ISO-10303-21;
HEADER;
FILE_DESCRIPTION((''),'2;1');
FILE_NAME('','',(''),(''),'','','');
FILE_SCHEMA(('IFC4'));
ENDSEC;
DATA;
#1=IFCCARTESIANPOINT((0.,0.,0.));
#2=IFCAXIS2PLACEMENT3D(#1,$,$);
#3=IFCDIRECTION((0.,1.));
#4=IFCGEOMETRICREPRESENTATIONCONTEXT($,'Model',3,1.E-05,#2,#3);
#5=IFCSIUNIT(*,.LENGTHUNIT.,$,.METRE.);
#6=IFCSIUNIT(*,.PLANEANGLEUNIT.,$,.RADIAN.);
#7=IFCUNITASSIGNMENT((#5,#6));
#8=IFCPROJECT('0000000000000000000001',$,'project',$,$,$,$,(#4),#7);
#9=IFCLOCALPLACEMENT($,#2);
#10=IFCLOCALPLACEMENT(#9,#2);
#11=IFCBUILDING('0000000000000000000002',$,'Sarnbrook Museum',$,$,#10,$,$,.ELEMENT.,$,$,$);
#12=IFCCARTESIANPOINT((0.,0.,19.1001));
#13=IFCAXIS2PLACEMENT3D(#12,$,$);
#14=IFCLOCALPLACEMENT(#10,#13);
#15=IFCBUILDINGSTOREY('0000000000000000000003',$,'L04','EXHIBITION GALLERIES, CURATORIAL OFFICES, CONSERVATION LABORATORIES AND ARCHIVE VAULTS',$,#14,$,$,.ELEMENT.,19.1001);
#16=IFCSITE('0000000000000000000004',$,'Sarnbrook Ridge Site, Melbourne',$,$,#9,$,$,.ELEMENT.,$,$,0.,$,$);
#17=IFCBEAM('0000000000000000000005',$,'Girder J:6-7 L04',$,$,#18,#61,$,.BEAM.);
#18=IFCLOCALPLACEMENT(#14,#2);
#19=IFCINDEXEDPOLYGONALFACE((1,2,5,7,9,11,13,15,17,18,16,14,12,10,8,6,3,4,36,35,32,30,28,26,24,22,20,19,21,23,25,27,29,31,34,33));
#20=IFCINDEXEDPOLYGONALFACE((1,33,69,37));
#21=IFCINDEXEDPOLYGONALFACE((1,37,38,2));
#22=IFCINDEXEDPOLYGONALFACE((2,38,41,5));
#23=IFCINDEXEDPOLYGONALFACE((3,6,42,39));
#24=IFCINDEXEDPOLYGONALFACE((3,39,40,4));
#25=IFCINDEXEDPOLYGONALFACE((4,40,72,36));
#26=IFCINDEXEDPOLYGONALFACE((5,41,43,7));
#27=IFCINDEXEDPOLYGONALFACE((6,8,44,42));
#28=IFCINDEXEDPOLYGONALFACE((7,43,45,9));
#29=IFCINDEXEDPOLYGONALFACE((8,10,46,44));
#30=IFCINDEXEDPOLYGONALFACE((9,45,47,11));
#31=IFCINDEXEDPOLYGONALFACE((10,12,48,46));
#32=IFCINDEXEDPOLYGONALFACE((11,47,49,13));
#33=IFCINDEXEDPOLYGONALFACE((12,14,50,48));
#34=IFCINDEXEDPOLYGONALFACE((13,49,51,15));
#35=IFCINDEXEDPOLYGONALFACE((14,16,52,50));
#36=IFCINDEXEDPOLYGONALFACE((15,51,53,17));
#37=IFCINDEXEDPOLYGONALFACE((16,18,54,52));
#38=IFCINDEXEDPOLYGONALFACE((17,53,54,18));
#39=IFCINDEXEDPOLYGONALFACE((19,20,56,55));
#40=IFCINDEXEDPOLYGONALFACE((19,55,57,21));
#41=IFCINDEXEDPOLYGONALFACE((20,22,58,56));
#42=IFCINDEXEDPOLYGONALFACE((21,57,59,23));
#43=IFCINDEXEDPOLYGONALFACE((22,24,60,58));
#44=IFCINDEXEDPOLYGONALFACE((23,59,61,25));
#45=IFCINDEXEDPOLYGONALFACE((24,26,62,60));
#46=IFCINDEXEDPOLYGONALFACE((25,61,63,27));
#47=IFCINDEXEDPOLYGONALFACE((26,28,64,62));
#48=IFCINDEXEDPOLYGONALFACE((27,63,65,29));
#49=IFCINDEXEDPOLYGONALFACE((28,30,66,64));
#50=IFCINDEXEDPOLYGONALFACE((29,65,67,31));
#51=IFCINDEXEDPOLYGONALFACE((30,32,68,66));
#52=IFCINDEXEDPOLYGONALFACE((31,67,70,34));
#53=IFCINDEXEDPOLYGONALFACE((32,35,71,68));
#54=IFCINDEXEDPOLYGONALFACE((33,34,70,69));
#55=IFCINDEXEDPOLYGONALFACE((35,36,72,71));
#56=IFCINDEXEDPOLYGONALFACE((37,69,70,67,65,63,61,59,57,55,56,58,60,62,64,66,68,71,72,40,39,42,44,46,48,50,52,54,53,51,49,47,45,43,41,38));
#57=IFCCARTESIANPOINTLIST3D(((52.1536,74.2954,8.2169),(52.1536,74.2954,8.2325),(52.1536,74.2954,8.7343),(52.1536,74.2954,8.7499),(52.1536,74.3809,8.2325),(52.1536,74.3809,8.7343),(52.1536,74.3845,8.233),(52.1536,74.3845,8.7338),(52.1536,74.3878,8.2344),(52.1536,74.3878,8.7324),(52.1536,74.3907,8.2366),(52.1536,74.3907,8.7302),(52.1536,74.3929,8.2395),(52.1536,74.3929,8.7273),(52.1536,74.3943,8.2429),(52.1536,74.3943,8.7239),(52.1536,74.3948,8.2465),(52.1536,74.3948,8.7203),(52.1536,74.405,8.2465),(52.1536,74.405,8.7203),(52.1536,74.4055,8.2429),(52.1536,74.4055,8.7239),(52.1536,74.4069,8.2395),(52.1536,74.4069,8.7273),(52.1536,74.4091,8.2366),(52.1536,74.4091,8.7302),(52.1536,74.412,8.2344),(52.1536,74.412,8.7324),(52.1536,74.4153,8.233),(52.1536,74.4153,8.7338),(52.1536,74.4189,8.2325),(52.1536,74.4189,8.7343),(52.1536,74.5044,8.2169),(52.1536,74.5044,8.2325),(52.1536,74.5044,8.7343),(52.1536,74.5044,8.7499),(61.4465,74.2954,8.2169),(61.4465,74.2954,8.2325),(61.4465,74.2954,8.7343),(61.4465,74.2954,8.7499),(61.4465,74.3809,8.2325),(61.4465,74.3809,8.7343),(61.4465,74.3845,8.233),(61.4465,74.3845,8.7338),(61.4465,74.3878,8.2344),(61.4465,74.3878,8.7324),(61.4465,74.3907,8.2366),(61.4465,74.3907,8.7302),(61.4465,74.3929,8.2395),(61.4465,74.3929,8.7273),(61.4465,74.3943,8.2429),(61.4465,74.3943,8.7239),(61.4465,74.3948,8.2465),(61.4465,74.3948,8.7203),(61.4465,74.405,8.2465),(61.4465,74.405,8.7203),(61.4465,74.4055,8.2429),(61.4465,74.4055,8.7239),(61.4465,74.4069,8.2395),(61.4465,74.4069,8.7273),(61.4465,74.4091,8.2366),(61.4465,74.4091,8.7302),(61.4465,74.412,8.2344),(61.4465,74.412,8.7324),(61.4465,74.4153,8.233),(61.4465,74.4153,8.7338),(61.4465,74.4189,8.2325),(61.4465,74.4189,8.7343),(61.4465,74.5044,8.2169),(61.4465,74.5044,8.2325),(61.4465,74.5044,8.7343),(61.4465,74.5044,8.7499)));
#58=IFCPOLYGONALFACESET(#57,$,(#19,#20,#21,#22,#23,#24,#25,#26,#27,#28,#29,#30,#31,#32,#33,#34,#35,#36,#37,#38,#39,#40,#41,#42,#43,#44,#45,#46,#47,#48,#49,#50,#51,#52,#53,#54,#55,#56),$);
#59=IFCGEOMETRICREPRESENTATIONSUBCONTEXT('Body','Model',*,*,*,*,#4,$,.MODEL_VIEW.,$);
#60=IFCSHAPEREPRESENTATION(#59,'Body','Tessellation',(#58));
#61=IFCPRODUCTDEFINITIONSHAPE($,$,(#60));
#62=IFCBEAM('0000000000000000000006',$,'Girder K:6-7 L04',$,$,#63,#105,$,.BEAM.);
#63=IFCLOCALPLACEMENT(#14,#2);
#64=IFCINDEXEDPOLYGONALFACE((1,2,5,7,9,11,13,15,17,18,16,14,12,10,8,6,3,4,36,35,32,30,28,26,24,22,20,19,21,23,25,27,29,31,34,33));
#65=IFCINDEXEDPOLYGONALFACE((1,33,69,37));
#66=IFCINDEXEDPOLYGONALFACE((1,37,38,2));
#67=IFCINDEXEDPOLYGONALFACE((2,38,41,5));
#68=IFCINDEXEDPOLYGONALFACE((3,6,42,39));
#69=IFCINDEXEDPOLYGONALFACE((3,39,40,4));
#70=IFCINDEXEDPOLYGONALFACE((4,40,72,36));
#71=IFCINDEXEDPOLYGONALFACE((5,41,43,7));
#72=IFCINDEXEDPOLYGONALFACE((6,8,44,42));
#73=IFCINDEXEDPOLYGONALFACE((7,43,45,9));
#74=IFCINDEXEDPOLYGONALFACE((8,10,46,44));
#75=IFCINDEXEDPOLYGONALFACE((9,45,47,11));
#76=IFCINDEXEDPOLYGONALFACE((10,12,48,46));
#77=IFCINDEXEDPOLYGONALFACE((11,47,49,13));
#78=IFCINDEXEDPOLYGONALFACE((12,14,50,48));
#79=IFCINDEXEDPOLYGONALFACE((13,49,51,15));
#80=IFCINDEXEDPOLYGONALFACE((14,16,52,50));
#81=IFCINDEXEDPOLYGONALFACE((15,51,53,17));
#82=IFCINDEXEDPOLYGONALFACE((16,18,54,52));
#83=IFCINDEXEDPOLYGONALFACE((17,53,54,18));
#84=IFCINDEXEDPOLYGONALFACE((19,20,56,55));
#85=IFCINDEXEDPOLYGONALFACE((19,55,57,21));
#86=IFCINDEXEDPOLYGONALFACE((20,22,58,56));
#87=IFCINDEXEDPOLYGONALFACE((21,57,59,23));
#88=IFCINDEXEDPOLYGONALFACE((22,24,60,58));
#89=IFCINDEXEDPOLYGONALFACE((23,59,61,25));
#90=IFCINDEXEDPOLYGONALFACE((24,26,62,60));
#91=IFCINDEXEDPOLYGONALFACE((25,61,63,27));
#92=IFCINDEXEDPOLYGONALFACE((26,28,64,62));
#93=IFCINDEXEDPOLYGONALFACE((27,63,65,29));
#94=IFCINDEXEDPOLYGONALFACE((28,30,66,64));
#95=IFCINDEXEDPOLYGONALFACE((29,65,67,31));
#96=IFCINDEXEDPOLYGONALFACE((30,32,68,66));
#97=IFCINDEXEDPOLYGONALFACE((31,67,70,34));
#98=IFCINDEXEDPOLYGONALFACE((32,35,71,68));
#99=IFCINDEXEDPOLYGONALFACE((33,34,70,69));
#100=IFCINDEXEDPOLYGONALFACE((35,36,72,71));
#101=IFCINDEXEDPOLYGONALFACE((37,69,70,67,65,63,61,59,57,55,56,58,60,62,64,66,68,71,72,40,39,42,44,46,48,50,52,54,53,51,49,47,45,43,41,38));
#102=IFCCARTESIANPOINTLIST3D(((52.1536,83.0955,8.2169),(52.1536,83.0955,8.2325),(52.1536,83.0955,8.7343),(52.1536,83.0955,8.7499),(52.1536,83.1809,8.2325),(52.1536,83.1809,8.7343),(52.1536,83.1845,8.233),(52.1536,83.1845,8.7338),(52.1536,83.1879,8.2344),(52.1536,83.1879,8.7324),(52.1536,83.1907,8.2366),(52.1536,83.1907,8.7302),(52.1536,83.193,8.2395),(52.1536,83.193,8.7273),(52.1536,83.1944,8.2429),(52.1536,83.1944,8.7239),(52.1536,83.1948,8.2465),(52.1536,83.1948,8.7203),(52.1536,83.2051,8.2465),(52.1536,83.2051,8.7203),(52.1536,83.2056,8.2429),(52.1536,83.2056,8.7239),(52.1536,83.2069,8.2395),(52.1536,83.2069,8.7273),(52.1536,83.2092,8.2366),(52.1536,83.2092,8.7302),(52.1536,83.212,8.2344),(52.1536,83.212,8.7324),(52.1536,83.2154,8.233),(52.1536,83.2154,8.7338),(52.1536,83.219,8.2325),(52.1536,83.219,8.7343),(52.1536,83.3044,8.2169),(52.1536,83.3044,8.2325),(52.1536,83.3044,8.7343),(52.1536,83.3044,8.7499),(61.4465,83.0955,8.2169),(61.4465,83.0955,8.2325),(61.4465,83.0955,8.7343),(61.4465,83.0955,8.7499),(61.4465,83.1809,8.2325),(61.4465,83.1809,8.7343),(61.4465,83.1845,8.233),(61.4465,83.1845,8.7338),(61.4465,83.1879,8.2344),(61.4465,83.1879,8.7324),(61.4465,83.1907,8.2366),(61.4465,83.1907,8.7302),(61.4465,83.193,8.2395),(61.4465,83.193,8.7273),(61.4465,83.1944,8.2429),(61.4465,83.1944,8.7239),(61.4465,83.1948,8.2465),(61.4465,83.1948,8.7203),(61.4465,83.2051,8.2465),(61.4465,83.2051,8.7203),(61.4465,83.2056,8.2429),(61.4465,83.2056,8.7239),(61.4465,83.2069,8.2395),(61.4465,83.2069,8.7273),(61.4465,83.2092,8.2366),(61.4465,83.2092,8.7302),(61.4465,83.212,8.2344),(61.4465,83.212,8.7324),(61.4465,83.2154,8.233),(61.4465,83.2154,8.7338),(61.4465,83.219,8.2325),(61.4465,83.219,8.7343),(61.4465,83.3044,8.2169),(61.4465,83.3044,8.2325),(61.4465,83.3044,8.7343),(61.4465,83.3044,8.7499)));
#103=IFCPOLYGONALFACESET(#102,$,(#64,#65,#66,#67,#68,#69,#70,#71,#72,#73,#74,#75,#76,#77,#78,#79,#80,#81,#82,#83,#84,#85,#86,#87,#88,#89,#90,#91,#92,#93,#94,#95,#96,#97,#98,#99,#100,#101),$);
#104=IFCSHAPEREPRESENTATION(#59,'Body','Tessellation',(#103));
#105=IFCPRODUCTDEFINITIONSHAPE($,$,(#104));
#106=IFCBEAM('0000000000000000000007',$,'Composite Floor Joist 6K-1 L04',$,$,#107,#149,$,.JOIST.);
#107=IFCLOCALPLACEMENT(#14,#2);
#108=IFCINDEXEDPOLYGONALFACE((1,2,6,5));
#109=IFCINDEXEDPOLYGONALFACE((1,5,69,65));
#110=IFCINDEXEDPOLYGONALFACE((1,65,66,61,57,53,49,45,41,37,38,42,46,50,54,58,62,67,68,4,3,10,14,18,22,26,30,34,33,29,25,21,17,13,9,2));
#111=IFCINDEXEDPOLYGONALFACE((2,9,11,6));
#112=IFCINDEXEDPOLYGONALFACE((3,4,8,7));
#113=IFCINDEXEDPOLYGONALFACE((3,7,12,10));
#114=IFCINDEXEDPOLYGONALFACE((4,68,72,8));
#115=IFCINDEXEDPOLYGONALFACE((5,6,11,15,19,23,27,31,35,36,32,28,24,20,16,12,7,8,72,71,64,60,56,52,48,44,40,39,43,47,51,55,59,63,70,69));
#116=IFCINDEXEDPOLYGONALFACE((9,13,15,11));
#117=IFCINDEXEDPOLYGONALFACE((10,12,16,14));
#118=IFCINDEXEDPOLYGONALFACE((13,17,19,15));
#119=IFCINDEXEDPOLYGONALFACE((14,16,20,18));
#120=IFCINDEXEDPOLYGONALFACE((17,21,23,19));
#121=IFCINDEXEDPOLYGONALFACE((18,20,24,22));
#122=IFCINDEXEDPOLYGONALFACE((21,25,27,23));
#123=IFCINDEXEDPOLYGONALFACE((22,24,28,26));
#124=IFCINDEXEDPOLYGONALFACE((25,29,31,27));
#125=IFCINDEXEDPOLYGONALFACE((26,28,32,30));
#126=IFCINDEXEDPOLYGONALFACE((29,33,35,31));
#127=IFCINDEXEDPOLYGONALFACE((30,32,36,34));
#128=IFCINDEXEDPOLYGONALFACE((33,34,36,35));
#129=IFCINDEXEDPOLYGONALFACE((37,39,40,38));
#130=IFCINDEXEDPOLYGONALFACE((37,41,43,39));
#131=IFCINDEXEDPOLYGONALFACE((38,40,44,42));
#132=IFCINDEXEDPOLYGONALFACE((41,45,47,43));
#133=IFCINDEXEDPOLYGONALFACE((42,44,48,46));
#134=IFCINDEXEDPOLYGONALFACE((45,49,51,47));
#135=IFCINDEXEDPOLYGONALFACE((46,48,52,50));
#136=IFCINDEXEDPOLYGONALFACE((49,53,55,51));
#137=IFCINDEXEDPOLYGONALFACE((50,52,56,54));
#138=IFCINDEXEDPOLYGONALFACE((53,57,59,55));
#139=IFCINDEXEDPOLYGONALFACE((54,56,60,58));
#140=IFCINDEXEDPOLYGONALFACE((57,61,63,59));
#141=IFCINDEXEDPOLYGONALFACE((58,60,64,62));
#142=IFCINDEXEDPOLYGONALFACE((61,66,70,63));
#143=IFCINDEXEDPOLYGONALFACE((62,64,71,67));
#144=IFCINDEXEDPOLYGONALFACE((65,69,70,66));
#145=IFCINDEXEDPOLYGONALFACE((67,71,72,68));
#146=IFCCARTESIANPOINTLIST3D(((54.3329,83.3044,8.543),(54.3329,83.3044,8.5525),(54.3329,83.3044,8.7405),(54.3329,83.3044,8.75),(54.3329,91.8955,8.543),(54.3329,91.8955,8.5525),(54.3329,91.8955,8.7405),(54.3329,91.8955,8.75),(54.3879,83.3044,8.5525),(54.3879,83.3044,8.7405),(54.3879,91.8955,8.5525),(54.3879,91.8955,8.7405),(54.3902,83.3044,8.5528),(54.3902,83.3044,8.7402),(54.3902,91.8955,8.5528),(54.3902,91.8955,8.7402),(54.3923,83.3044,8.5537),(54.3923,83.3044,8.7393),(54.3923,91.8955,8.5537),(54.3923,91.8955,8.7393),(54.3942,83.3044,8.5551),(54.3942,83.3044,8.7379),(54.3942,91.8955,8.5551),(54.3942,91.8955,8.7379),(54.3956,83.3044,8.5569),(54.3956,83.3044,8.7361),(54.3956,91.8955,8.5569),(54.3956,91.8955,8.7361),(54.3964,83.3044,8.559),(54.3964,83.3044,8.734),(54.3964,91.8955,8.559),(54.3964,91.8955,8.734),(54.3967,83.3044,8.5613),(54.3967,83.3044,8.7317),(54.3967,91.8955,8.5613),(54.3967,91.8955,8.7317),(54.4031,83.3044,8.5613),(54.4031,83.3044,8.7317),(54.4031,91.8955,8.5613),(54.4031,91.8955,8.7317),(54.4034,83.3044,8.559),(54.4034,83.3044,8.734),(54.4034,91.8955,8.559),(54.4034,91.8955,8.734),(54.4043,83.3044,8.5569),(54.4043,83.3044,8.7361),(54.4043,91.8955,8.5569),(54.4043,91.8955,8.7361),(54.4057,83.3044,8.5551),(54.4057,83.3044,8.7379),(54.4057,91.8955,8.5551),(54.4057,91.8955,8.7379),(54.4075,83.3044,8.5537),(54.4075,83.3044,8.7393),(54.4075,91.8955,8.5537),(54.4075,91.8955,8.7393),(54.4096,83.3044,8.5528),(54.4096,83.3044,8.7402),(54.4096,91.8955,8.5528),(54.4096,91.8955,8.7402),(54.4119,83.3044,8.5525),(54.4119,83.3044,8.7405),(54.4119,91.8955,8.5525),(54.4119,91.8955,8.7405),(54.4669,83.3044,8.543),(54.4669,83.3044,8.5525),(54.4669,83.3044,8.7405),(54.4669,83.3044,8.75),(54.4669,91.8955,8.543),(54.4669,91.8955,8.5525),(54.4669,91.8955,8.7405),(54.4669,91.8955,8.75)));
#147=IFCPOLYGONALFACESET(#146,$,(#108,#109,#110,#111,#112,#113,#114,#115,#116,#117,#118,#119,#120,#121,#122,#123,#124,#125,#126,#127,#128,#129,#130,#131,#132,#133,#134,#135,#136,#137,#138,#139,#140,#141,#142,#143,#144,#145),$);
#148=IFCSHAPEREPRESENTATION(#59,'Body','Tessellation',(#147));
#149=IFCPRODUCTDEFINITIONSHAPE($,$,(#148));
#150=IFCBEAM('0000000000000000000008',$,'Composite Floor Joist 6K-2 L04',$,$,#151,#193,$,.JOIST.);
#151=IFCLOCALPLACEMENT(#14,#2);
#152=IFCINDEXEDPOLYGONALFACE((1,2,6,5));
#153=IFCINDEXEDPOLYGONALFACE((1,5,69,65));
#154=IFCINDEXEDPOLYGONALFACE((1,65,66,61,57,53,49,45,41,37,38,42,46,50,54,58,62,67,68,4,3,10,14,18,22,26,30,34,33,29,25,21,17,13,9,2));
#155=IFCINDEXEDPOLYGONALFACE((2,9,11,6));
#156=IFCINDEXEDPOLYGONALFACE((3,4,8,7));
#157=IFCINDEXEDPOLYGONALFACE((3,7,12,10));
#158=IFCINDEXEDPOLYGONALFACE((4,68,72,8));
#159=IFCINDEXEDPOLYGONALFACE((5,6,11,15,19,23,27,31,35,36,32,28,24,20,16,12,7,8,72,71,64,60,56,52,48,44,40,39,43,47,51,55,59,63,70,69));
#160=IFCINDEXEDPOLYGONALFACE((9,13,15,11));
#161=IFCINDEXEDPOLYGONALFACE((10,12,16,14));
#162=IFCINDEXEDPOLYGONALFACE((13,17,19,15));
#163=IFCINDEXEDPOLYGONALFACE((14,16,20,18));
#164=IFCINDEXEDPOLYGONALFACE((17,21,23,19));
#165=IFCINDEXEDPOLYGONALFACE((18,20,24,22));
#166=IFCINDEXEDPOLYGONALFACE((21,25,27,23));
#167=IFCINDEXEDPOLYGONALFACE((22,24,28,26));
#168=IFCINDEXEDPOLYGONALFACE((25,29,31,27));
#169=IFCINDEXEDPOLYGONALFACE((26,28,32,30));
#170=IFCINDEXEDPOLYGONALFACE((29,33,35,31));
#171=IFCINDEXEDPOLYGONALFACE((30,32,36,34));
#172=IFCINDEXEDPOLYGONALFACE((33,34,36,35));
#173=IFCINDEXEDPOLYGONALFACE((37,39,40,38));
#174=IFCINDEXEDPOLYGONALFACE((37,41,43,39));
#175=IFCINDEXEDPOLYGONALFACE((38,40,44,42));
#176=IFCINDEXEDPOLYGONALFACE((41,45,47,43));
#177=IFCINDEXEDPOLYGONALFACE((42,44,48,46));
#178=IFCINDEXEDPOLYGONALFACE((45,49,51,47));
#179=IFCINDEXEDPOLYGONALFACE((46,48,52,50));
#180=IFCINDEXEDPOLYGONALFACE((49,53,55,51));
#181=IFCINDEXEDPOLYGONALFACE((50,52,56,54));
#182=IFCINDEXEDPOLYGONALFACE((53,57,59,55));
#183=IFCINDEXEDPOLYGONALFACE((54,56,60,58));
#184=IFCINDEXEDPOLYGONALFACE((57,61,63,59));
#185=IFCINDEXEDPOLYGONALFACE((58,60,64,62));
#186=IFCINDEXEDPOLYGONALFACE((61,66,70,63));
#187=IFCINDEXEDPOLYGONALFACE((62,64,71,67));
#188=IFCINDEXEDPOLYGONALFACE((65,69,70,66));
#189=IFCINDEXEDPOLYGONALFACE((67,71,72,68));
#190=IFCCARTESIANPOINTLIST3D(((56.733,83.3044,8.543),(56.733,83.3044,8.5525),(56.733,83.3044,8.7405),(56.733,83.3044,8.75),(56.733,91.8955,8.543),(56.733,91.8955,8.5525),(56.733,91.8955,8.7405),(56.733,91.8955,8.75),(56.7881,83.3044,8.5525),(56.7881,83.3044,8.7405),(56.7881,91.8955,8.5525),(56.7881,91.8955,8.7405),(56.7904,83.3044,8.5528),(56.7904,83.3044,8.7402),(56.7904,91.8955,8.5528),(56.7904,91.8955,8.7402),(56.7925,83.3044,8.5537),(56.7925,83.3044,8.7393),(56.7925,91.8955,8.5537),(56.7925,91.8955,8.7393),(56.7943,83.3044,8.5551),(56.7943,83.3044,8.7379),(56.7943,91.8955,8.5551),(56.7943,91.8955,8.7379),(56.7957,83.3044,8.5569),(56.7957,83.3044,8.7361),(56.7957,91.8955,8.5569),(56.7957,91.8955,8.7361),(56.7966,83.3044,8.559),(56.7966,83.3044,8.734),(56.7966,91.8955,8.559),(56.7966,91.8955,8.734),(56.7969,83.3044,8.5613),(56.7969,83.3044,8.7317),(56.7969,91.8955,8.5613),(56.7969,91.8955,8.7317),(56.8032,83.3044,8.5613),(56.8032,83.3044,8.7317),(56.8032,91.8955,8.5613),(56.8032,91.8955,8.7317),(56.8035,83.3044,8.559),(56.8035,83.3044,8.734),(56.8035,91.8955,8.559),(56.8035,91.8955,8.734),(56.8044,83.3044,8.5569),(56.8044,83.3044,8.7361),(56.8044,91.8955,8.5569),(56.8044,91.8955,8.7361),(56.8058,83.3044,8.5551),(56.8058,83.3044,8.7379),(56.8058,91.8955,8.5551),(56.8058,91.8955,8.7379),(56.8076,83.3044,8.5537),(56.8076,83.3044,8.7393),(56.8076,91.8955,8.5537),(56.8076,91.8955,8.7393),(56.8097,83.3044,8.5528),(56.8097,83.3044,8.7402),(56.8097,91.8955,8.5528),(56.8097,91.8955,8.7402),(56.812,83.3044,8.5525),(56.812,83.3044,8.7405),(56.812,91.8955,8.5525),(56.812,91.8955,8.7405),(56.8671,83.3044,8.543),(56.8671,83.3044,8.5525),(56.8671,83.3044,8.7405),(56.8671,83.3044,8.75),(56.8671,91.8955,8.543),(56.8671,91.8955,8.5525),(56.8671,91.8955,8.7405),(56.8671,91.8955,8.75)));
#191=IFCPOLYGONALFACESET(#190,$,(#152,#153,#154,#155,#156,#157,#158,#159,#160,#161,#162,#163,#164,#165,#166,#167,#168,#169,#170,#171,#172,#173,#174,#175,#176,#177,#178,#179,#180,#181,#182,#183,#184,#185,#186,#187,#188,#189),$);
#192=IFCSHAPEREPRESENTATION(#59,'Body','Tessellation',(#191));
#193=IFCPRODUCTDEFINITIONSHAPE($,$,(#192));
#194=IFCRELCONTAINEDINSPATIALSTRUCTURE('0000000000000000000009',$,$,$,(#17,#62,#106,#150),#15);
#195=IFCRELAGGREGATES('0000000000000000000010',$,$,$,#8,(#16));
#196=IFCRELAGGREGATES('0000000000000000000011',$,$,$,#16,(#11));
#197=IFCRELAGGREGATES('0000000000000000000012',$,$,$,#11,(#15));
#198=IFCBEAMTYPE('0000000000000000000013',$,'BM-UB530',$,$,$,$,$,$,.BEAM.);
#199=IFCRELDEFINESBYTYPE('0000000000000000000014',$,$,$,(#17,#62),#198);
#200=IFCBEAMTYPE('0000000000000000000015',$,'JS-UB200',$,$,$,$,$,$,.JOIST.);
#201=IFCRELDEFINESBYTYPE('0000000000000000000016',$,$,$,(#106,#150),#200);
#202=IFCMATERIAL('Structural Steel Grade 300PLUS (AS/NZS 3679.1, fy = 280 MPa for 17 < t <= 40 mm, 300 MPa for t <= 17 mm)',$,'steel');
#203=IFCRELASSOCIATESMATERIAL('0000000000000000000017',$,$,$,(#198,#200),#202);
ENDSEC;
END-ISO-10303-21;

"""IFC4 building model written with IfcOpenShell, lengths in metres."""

from ifc_helpers import new_model, si_unit, direction, frame, origin, origin_2d, place, context, subcontext, project, spatial, i_section, extrude, material, material_profile, profile_set, type_object, element, save


model = new_model("IFC4")

# Units and contexts
model_context = context("Model", 3, precision=1e-05, world=origin(), true_north=direction((0.0, 1.0)))
body_context = subcontext(model_context, "Body", "Model", "MODEL_VIEW")
ifc_project = project(units=[si_unit("LENGTHUNIT", "METRE"), si_unit("PLANEANGLEUNIT", "RADIAN")], contexts=[model_context])

# Site, building, storey
site_placement = place(None, origin())
site = spatial("IfcSite", under=ifc_project, at=site_placement, Name="Sarnbrook Ridge Site, Melbourne", CompositionType="ELEMENT", RefElevation=0.0)
building_placement = place(site_placement, origin())
building = spatial("IfcBuilding", under=site, at=building_placement, Name="Sarnbrook Museum", CompositionType="ELEMENT")
storey_placement = place(building_placement, frame((0.0, 0.0, 19.1001)))
storey = spatial("IfcBuildingStorey", under=building, at=storey_placement, Name="L04", Description="EXHIBITION GALLERIES, CURATORIAL OFFICES, CONSERVATION LABORATORIES AND ARCHIVE VAULTS", CompositionType="ELEMENT", Elevation=19.1001)

# Shared definitions
ifc_material_1 = material(Name="Structural Steel Grade 300PLUS (AS/NZS 3679.1, fy = 280 MPa for 17 < t <= 40 mm, 300 MPa for t <= 17 mm)", Category="steel")

# Beams
ifc_material_profile_1 = material_profile(ifc_material_1, i_section(OverallWidth=0.209, OverallDepth=0.533, WebThickness=0.0103, FlangeThickness=0.0156, FilletRadius=0.0139, at=origin_2d()), Name="530UB92.4")
ifc_profile_set_1 = profile_set([ifc_material_profile_1], Name="Structural Steel Grade 300PLUS (AS/NZS 3679.1, fy = 280 MPa for 17 < t <= 40 mm, 300 MPa for t <= 17 mm)")
beam_type_1 = type_object("IfcBeamType", Name="BM-UB530", PredefinedType="BEAM", material=ifc_profile_set_1)
for number, where, z_axis, x_axis, name in (
    (1, (52.1536, 74.3999, 8.4834), (1.0, 0.0, 0.0), (0.0, 1.0, 0.0), "Girder J:6-7 L04"),
    (2, (52.1536, 83.2, 8.4834), (1.0, 0.0, 0.0), (0.0, 1.0, 0.0), "Girder K:6-7 L04"),
):
    element("IfcBeam", number, at=place(storey_placement, frame(where, z_axis=z_axis, x_axis=x_axis)), inside=storey, type_object=beam_type_1, Name=name, PredefinedType="BEAM", context=body_context, shape_type="SweptSolid", body=[
        extrude(i_section(OverallWidth=0.209, OverallDepth=0.533, WebThickness=0.0103, FlangeThickness=0.0156, FilletRadius=0.0139, at=origin_2d()), origin(), (0.0, 0.0, 1.0), 9.293),
    ])
ifc_material_profile_2 = material_profile(ifc_material_1, i_section(OverallWidth=0.134, OverallDepth=0.207, WebThickness=0.0063, FlangeThickness=0.0095, FilletRadius=0.0088, at=origin_2d()), Name="200UB29.8")
ifc_profile_set_2 = profile_set([ifc_material_profile_2], Name="Structural Steel Grade 300PLUS (AS/NZS 3679.1, fy = 280 MPa for 17 < t <= 40 mm, 300 MPa for t <= 17 mm)")
beam_type_2 = type_object("IfcBeamType", Name="JS-UB200", PredefinedType="JOIST", material=ifc_profile_set_2)
for number, where, z_axis, x_axis, name in (
    (3, (54.3999, 83.3044, 8.6465), (0.0, 1.0, 0.0), (-1.0, 0.0, 0.0), "Composite Floor Joist 6K-1 L04"),
    (4, (56.8, 83.3044, 8.6465), (0.0, 1.0, 0.0), (-1.0, 0.0, 0.0), "Composite Floor Joist 6K-2 L04"),
):
    element("IfcBeam", number, at=place(storey_placement, frame(where, z_axis=z_axis, x_axis=x_axis)), inside=storey, type_object=beam_type_2, Name=name, PredefinedType="JOIST", context=body_context, shape_type="SweptSolid", body=[
        extrude(i_section(OverallWidth=0.134, OverallDepth=0.207, WebThickness=0.0063, FlangeThickness=0.0095, FilletRadius=0.0088, at=origin_2d()), origin(), (0.0, 0.0, 1.0), 8.5911),
    ])

save(model, "model.ifc")
